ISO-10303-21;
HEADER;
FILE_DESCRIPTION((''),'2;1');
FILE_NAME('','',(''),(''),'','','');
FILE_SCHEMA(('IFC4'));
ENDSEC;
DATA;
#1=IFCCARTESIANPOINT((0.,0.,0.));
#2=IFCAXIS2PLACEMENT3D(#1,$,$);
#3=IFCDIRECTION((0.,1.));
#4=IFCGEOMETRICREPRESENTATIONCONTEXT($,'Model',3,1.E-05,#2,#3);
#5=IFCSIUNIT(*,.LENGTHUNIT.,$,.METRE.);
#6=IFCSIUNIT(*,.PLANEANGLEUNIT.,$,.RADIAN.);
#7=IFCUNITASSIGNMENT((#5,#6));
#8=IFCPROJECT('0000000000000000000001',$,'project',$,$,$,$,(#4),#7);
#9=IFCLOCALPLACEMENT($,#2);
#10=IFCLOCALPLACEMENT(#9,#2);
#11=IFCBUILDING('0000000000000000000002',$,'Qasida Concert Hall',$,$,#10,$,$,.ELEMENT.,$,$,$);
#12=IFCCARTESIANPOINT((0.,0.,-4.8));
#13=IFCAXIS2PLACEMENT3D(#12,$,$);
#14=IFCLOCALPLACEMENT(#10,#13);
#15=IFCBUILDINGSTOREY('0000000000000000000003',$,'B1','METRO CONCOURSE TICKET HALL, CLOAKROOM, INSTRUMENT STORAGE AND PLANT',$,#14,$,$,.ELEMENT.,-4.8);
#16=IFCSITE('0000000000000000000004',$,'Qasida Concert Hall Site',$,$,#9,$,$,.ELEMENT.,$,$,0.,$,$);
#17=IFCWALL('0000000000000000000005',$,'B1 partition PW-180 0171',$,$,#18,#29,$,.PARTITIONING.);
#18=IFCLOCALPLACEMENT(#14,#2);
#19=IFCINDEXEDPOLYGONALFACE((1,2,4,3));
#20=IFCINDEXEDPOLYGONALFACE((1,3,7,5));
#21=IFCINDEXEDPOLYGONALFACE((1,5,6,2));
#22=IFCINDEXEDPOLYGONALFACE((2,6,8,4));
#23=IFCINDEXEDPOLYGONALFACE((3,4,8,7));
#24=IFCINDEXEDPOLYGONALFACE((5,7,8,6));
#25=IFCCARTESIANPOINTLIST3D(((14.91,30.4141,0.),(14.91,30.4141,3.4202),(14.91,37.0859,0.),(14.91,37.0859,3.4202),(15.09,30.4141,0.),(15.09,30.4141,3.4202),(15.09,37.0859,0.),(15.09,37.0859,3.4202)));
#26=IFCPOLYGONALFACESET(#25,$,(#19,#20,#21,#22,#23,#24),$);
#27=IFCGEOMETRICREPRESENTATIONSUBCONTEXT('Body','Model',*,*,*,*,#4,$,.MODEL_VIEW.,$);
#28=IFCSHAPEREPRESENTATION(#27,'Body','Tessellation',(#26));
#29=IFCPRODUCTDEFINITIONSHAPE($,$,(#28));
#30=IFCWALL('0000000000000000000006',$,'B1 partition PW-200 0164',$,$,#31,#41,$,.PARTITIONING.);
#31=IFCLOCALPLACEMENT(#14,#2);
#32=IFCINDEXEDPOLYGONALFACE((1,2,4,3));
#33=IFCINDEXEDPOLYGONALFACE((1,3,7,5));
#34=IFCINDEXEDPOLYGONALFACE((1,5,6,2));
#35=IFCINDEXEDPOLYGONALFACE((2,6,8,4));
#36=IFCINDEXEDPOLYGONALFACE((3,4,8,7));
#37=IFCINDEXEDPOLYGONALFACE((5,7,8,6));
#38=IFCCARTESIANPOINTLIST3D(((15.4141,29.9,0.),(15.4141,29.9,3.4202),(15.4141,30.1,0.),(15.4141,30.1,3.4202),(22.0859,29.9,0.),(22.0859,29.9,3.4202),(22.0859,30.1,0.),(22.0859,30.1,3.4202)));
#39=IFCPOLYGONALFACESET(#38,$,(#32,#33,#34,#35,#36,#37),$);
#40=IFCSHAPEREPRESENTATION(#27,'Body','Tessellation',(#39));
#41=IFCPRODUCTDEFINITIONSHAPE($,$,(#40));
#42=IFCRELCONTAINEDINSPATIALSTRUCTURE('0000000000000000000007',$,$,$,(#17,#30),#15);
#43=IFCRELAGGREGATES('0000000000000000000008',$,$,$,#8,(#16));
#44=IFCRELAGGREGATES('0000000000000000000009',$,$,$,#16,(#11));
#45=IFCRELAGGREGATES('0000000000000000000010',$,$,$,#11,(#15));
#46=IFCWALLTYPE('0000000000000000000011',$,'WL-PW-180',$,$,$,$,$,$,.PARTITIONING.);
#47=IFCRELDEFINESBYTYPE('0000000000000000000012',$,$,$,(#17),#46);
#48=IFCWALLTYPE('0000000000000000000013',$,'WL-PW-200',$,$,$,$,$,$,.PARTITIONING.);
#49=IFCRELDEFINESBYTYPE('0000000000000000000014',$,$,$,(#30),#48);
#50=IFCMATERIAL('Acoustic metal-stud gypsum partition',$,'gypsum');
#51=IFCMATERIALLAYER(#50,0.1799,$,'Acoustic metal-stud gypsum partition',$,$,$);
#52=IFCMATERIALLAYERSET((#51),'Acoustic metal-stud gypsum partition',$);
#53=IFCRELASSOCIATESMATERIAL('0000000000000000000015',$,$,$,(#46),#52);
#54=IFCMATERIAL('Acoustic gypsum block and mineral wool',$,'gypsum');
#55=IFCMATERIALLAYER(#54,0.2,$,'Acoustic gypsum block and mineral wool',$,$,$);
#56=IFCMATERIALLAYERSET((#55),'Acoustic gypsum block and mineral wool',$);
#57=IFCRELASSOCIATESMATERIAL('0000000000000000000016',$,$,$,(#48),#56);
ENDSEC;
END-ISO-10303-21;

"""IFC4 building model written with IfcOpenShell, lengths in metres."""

from ifc_helpers import new_model, si_unit, direction, frame, frame_2d, origin, place, context, subcontext, project, spatial, rectangle, extrude, material, layer, layer_set, type_object, element, save


model = new_model("IFC4")

# Units and contexts
model_context = context("Model", 3, precision=1e-05, world=origin(), true_north=direction((0.0, 1.0)))
body_context = subcontext(model_context, "Body", "Model", "MODEL_VIEW")
ifc_project = project(units=[si_unit("LENGTHUNIT", "METRE"), si_unit("PLANEANGLEUNIT", "RADIAN")], contexts=[model_context])

# Site, building, storey
site_placement = place(None, origin())
site = spatial("IfcSite", under=ifc_project, at=site_placement, Name="Qasida Concert Hall Site", CompositionType="ELEMENT", RefElevation=0.0)
building_placement = place(site_placement, origin())
building = spatial("IfcBuilding", under=site, at=building_placement, Name="Qasida Concert Hall", CompositionType="ELEMENT")
storey_placement = place(building_placement, frame((0.0, 0.0, -4.8)))
storey = spatial("IfcBuildingStorey", under=building, at=storey_placement, Name="B1", Description="METRO CONCOURSE TICKET HALL, CLOAKROOM, INSTRUMENT STORAGE AND PLANT", CompositionType="ELEMENT", Elevation=-4.8)

# Walls
ifc_material_1 = material(Name="Acoustic metal-stud gypsum partition", Category="gypsum")
ifc_layer_1 = layer(ifc_material_1, 0.1799, Name="Acoustic metal-stud gypsum partition")
ifc_layer_set_1 = layer_set([ifc_layer_1], Name="Acoustic metal-stud gypsum partition")
wall_type_1 = type_object("IfcWallType", Name="WL-PW-180", PredefinedType="PARTITIONING", material=ifc_layer_set_1)
for number, where, z_axis, x_axis, name in (
    (1, (15.0, 30.4141, 0.0), (0.0, 0.0, 1.0), (0.0, 1.0, 0.0), "B1 partition PW-180 0171"),
):
    element("IfcWall", number, at=place(storey_placement, frame(where, z_axis=z_axis, x_axis=x_axis)), inside=storey, type_object=wall_type_1, Name=name, PredefinedType="PARTITIONING", context=body_context, shape_type="SweptSolid", body=[
        extrude(rectangle(XDim=6.6719, YDim=0.1799, at=frame_2d((3.3359, 0.0))), origin(), (0.0, 0.0, 1.0), 3.4202),
    ])
ifc_material_2 = material(Name="Acoustic gypsum block and mineral wool", Category="gypsum")
ifc_layer_2 = layer(ifc_material_2, 0.2, Name="Acoustic gypsum block and mineral wool")
ifc_layer_set_2 = layer_set([ifc_layer_2], Name="Acoustic gypsum block and mineral wool")
wall_type_2 = type_object("IfcWallType", Name="WL-PW-200", PredefinedType="PARTITIONING", material=ifc_layer_set_2)
wall_placement = place(storey_placement, frame((15.4141, 30.0, 0.0), z_axis=(0.0, 0.0, 1.0), x_axis=(1.0, 0.0, 0.0)))
element("IfcWall", 2, at=wall_placement, inside=storey, type_object=wall_type_2, Name="B1 partition PW-200 0164", PredefinedType="PARTITIONING", context=body_context, shape_type="SweptSolid", body=[
    extrude(rectangle(XDim=6.6719, YDim=0.2, at=frame_2d((3.3359, 0.0))), origin(), (0.0, 0.0, 1.0), 3.4202),
])

save(model, "model.ifc")
